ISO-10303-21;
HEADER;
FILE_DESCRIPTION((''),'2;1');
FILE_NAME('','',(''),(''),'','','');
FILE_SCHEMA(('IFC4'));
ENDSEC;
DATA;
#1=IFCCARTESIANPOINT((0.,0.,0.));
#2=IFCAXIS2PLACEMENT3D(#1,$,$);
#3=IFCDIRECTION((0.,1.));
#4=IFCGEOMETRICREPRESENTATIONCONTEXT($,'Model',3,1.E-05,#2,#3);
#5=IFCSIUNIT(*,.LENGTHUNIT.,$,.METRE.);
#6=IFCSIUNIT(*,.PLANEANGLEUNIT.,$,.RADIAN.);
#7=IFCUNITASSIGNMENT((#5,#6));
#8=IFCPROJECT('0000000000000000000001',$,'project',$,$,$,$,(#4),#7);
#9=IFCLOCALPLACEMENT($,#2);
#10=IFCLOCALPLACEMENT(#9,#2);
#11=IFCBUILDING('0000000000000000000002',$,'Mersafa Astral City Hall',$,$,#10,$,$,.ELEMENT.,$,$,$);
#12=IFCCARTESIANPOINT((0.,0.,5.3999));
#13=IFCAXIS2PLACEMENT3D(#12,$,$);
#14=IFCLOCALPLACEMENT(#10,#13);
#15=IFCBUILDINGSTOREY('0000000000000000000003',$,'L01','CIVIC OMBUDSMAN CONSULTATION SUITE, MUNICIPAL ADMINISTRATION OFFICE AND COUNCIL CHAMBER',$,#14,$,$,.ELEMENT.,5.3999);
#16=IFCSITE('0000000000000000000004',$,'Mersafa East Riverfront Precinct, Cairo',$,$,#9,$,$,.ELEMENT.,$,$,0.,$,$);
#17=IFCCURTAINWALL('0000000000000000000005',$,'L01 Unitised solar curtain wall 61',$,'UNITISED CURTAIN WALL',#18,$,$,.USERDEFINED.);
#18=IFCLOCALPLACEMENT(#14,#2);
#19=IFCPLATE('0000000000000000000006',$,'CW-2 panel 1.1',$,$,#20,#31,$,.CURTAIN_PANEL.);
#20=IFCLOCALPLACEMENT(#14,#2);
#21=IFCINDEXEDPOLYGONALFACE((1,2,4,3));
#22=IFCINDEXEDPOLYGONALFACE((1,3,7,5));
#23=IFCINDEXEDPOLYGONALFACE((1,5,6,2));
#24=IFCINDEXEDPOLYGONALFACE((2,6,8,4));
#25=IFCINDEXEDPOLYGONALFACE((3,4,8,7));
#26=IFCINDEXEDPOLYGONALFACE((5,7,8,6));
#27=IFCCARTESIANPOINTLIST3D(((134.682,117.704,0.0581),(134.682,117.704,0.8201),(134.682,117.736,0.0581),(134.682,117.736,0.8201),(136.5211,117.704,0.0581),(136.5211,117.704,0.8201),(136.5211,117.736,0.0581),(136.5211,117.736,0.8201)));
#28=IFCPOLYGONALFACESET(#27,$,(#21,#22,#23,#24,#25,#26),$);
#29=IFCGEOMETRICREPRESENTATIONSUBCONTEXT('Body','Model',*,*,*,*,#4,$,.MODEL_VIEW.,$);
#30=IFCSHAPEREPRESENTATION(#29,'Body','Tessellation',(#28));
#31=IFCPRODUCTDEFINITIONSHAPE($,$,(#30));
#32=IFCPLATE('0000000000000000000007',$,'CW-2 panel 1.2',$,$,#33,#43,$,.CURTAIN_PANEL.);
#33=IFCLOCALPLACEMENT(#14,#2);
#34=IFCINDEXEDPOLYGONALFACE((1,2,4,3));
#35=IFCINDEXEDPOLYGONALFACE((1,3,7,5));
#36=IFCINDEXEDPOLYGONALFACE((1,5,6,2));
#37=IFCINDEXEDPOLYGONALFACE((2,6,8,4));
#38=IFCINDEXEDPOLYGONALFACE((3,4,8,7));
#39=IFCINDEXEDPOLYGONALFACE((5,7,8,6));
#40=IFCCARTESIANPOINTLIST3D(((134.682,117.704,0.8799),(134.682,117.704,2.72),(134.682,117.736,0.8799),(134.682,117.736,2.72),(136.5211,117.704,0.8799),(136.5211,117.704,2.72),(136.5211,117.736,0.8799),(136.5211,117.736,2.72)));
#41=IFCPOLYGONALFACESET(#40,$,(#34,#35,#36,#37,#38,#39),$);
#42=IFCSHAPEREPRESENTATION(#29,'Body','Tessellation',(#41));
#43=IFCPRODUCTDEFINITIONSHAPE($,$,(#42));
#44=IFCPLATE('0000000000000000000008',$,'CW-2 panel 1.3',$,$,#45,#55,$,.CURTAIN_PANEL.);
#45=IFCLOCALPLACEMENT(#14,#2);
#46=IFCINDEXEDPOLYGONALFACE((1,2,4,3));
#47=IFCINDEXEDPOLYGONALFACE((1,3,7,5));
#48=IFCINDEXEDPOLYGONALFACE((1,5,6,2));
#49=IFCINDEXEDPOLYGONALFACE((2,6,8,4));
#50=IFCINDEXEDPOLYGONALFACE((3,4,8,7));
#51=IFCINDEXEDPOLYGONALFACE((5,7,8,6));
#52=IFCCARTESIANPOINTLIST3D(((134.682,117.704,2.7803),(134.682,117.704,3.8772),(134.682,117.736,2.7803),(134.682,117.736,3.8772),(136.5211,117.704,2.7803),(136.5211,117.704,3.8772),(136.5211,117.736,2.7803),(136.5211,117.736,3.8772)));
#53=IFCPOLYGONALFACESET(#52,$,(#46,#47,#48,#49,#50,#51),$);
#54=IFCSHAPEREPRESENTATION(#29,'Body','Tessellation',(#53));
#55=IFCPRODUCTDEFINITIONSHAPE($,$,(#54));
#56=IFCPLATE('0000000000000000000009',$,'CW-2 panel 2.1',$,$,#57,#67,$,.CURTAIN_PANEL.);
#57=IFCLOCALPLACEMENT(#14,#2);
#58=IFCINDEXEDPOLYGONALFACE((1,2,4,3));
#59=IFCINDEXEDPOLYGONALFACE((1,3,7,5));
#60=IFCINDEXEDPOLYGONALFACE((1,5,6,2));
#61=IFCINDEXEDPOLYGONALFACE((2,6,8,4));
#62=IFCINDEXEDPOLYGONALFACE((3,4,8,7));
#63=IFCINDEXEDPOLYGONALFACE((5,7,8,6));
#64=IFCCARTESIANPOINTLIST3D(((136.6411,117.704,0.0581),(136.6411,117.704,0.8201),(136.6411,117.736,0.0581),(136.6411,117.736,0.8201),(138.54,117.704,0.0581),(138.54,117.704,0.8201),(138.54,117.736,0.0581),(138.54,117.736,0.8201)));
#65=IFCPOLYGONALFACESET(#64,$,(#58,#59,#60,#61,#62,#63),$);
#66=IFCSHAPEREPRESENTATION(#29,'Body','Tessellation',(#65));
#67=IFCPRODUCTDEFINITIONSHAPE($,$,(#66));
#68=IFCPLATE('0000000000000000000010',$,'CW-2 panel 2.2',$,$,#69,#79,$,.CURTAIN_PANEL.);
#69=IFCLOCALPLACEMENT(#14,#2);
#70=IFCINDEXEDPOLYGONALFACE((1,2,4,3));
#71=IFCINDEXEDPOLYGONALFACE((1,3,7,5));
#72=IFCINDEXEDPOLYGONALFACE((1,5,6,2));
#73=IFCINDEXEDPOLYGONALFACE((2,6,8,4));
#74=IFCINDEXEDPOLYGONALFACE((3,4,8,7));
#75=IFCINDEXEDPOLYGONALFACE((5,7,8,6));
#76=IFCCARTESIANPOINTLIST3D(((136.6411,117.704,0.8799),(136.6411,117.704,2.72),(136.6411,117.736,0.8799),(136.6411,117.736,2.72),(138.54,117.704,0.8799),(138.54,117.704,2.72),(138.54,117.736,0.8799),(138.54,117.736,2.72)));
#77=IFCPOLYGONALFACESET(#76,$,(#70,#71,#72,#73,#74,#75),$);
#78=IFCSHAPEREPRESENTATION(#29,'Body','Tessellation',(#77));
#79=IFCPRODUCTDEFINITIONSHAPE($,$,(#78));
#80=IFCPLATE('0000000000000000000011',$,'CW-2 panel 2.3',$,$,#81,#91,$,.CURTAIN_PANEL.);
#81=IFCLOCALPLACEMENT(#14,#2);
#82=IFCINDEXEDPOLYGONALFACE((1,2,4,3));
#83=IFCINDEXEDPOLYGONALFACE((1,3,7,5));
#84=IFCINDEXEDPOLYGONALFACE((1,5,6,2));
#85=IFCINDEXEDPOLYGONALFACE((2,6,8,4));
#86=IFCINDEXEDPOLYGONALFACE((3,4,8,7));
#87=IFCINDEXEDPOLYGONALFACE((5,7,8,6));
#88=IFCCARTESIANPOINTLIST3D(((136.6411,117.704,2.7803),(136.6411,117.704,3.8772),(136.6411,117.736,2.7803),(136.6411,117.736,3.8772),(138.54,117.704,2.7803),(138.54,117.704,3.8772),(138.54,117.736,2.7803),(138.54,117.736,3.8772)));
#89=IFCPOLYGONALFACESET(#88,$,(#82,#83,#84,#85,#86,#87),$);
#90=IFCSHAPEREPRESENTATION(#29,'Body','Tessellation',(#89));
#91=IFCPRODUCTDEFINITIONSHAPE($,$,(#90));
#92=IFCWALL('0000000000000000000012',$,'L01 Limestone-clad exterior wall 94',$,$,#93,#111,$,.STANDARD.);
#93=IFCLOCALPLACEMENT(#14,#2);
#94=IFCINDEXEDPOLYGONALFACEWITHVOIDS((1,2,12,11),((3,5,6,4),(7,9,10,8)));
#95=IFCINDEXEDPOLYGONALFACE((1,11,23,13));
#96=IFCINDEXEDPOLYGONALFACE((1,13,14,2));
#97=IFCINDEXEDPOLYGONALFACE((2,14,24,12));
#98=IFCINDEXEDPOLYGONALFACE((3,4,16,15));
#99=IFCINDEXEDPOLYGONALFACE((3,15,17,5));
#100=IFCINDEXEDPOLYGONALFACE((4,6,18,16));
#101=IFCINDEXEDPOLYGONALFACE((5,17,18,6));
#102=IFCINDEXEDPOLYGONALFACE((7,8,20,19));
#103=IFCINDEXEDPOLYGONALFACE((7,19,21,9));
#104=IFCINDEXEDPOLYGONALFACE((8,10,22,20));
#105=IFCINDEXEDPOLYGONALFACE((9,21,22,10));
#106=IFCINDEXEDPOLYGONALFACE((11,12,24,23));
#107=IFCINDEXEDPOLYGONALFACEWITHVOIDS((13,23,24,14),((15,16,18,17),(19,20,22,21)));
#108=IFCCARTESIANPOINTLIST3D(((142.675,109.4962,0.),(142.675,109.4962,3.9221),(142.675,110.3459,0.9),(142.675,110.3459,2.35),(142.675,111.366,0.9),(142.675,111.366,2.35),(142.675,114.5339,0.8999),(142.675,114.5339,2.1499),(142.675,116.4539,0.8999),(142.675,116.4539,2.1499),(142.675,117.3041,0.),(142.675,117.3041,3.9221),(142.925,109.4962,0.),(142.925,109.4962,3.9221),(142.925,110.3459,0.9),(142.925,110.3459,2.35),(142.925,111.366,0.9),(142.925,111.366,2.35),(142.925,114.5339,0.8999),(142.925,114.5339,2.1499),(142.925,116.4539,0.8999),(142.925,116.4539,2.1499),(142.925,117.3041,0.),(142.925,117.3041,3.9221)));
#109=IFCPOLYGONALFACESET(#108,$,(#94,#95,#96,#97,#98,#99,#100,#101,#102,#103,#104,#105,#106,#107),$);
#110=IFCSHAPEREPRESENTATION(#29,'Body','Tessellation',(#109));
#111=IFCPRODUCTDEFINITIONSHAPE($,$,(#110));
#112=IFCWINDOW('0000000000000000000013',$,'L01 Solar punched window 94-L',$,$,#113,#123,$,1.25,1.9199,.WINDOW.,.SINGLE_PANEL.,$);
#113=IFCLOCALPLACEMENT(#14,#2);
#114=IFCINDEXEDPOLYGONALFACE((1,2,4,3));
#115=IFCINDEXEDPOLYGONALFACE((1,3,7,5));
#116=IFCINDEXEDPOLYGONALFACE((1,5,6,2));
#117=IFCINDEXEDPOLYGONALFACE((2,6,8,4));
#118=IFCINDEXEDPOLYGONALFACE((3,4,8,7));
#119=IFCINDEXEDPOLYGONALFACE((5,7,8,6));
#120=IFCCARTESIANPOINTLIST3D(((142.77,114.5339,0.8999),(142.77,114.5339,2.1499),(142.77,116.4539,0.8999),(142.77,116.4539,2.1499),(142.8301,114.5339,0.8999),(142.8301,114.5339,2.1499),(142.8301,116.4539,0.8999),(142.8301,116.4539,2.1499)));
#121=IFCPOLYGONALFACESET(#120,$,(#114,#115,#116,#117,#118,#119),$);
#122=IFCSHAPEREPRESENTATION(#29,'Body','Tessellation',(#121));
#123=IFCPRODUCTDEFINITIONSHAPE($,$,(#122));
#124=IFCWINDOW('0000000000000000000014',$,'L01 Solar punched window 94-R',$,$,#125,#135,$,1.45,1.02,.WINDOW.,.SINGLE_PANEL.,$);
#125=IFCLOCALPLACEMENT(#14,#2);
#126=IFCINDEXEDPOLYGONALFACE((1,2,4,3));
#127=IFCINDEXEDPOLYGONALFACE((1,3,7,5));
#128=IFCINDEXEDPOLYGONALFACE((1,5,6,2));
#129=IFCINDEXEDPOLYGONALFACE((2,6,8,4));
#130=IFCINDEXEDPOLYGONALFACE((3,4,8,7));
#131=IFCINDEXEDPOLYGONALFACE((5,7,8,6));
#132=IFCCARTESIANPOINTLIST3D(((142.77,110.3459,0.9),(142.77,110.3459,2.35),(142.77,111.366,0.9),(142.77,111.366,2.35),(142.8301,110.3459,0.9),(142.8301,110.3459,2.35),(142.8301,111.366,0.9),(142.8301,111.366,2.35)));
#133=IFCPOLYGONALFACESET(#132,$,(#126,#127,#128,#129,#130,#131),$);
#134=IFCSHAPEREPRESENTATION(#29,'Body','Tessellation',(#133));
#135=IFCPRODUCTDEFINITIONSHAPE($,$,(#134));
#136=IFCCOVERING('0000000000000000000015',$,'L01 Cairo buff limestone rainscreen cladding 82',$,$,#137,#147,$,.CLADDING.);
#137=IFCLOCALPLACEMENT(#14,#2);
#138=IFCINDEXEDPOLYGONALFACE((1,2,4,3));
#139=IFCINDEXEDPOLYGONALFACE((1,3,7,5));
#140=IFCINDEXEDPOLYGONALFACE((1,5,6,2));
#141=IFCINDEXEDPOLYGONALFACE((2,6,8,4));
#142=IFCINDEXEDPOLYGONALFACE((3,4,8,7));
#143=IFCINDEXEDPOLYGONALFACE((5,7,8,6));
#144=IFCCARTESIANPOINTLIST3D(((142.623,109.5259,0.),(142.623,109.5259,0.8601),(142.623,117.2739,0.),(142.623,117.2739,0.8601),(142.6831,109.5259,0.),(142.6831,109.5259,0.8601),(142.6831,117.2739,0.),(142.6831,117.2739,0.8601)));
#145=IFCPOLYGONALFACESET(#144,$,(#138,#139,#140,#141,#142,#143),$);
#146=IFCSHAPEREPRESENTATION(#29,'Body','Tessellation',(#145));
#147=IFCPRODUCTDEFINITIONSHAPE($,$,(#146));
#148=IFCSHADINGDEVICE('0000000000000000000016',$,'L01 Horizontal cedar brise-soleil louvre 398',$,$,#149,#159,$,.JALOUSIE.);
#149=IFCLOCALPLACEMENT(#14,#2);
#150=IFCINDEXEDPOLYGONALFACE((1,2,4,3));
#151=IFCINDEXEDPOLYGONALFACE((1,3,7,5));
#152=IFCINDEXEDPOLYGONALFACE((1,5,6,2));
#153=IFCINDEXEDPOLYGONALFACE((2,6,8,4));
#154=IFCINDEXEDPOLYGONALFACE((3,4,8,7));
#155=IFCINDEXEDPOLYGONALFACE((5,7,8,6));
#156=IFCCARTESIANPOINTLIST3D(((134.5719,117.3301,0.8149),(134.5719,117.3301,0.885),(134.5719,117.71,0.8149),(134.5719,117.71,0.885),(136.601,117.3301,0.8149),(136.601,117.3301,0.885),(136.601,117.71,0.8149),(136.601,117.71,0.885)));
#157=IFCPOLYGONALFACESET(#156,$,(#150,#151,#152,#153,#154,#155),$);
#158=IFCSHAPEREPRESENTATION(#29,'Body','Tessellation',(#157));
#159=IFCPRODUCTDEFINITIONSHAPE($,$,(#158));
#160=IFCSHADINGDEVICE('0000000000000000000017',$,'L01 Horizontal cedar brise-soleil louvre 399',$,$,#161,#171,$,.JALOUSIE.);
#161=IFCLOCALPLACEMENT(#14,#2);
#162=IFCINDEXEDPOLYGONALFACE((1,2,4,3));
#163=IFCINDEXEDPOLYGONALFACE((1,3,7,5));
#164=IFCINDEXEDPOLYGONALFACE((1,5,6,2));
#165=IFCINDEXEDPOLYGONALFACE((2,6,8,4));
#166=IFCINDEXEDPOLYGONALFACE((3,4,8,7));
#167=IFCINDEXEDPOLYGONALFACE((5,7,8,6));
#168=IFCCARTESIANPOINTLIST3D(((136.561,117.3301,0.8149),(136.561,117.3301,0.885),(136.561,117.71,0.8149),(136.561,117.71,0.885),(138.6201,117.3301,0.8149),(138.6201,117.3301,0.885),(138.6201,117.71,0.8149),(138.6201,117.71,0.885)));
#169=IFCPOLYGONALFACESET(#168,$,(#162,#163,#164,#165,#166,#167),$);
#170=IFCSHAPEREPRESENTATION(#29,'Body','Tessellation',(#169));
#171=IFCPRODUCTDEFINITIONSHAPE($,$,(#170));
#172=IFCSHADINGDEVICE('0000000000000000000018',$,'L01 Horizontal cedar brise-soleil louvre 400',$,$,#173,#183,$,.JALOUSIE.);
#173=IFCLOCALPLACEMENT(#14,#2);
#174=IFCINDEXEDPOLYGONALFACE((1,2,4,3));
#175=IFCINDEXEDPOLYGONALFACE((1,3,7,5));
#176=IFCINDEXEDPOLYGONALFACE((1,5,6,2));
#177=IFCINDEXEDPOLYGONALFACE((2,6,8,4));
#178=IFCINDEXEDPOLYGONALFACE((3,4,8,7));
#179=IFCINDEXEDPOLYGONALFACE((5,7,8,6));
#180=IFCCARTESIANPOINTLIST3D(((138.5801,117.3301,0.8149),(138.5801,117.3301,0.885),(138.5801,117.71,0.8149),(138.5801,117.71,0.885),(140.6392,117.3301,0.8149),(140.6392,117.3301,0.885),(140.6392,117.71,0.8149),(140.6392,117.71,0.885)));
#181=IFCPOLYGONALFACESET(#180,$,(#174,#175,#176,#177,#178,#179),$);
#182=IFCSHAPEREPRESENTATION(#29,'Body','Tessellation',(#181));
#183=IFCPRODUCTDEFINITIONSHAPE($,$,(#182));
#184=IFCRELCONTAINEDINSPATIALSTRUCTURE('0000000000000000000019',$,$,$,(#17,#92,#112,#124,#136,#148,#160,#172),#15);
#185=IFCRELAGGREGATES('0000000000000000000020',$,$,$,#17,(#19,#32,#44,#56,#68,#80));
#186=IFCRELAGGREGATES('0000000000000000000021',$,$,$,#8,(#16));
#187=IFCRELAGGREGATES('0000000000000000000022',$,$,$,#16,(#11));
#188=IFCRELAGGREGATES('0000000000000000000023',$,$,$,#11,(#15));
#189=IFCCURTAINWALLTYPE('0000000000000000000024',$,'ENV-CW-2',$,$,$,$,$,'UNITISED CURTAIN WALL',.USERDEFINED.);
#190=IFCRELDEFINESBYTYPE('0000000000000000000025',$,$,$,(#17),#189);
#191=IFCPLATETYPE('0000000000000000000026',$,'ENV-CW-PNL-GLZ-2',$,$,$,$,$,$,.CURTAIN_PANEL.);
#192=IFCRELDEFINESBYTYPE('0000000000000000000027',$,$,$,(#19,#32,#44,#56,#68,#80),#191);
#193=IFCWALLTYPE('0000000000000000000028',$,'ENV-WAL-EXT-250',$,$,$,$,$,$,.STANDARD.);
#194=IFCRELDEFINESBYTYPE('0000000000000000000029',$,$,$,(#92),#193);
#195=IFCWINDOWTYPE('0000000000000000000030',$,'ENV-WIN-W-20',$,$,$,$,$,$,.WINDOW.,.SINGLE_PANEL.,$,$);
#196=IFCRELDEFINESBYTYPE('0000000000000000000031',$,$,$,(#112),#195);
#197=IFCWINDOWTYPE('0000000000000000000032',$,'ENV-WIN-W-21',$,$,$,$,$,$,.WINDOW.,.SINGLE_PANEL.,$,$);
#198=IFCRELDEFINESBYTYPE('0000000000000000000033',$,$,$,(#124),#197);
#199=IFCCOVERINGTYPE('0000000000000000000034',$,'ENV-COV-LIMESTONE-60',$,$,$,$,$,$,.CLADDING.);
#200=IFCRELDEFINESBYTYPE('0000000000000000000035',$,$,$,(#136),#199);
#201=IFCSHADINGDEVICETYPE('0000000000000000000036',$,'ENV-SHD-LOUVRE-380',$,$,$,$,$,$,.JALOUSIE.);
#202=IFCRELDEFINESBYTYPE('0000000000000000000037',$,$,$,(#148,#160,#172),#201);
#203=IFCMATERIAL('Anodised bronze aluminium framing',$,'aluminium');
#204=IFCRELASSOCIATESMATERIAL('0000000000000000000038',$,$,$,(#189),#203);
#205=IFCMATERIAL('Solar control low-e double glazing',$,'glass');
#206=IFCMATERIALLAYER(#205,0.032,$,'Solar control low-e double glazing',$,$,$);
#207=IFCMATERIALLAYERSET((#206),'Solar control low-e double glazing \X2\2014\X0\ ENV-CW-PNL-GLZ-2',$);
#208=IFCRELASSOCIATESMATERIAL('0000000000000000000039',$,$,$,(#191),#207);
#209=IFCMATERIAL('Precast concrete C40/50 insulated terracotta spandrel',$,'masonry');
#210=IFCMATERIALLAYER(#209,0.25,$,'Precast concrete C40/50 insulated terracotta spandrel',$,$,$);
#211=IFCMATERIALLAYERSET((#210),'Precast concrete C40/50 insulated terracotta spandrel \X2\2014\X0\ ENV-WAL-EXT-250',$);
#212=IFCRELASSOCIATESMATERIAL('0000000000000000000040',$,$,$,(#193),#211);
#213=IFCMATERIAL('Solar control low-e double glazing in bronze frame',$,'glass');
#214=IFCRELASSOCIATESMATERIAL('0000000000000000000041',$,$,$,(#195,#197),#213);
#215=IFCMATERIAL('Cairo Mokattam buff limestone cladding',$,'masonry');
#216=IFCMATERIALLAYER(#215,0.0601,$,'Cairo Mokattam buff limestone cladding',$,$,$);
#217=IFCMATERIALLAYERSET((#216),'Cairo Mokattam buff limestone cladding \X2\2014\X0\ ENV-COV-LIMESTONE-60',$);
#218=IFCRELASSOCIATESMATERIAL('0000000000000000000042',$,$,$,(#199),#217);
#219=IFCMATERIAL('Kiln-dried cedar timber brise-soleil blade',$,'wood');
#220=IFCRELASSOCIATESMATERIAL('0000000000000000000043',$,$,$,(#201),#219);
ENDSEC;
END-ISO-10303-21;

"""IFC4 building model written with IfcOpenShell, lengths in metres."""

from ifc_helpers import new_model, si_unit, direction, frame, frame_2d, origin, origin_2d, place, context, subcontext, project, spatial, rectangle, extrude, material, layer, layer_set, type_object, element, fill, aggregate, save


model = new_model("IFC4")

# Units and contexts
model_context = context("Model", 3, precision=1e-05, world=origin(), true_north=direction((0.0, 1.0)))
body_context = subcontext(model_context, "Body", "Model", "MODEL_VIEW")
ifc_project = project(units=[si_unit("LENGTHUNIT", "METRE"), si_unit("PLANEANGLEUNIT", "RADIAN")], contexts=[model_context])

# Site, building, storey
site_placement = place(None, origin())
site = spatial("IfcSite", under=ifc_project, at=site_placement, Name="Mersafa East Riverfront Precinct, Cairo", CompositionType="ELEMENT", RefElevation=0.0)
building_placement = place(site_placement, origin())
building = spatial("IfcBuilding", under=site, at=building_placement, Name="Mersafa Astral City Hall", CompositionType="ELEMENT")
storey_placement = place(building_placement, frame((0.0, 0.0, 5.3999)))
storey = spatial("IfcBuildingStorey", under=building, at=storey_placement, Name="L01", Description="CIVIC OMBUDSMAN CONSULTATION SUITE, MUNICIPAL ADMINISTRATION OFFICE AND COUNCIL CHAMBER", CompositionType="ELEMENT", Elevation=5.3999)

# Curtain wall
ifc_material_1 = material(Name="Anodised bronze aluminium framing", Category="aluminium")
curtain_wall_type = type_object("IfcCurtainWallType", Name="ENV-CW-2", ElementType="UNITISED CURTAIN WALL", PredefinedType="USERDEFINED", material=ifc_material_1)
curtain_wall_placement = place(storey_placement, origin())
curtain_wall = element("IfcCurtainWall", 1, at=curtain_wall_placement, inside=storey, type_object=curtain_wall_type, Name="L01 Unitised solar curtain wall 61", ObjectType="UNITISED CURTAIN WALL", PredefinedType="USERDEFINED")

# Plates
ifc_material_2 = material(Name="Solar control low-e double glazing", Category="glass")
ifc_layer_1 = layer(ifc_material_2, 0.032, Name="Solar control low-e double glazing")
ifc_layer_set_1 = layer_set([ifc_layer_1], Name="Solar control low-e double glazing — ENV-CW-PNL-GLZ-2")
plate_type = type_object("IfcPlateType", Name="ENV-CW-PNL-GLZ-2", PredefinedType="CURTAIN_PANEL", material=ifc_layer_set_1)
plate_1_placement = place(storey_placement, frame((135.6016, 117.72, 0.0581), z_axis=(0.0, 0.0, 1.0), x_axis=(1.0, 0.0, 0.0)))
plate_1 = element("IfcPlate", 2, at=plate_1_placement, type_object=plate_type, Name="CW-2 panel 1.1", PredefinedType="CURTAIN_PANEL", context=body_context, shape_type="SweptSolid", body=[
    extrude(rectangle(XDim=1.8391, YDim=0.032, at=origin_2d()), origin(), (0.0, 0.0, 1.0), 0.762),
])
plate_2_placement = place(storey_placement, frame((135.6016, 117.72, 0.8799), z_axis=(0.0, 0.0, 1.0), x_axis=(1.0, 0.0, 0.0)))
plate_2 = element("IfcPlate", 3, at=plate_2_placement, type_object=plate_type, Name="CW-2 panel 1.2", PredefinedType="CURTAIN_PANEL", context=body_context, shape_type="SweptSolid", body=[
    extrude(rectangle(XDim=1.8391, YDim=0.032, at=origin_2d()), origin(), (0.0, 0.0, 1.0), 1.8401),
])
plate_3_placement = place(storey_placement, frame((135.6016, 117.72, 2.7803), z_axis=(0.0, 0.0, 1.0), x_axis=(1.0, 0.0, 0.0)))
plate_3 = element("IfcPlate", 4, at=plate_3_placement, type_object=plate_type, Name="CW-2 panel 1.3", PredefinedType="CURTAIN_PANEL", context=body_context, shape_type="SweptSolid", body=[
    extrude(rectangle(XDim=1.8391, YDim=0.032, at=origin_2d()), origin(), (0.0, 0.0, 1.0), 1.0969),
])
plate_4_placement = place(storey_placement, frame((137.5906, 117.72, 0.0581), z_axis=(0.0, 0.0, 1.0), x_axis=(1.0, 0.0, 0.0)))
plate_4 = element("IfcPlate", 5, at=plate_4_placement, type_object=plate_type, Name="CW-2 panel 2.1", PredefinedType="CURTAIN_PANEL", context=body_context, shape_type="SweptSolid", body=[
    extrude(rectangle(XDim=1.8989, YDim=0.032, at=origin_2d()), origin(), (0.0, 0.0, 1.0), 0.762),
])
plate_5_placement = place(storey_placement, frame((137.5906, 117.72, 0.8799), z_axis=(0.0, 0.0, 1.0), x_axis=(1.0, 0.0, 0.0)))
plate_5 = element("IfcPlate", 6, at=plate_5_placement, type_object=plate_type, Name="CW-2 panel 2.2", PredefinedType="CURTAIN_PANEL", context=body_context, shape_type="SweptSolid", body=[
    extrude(rectangle(XDim=1.8989, YDim=0.032, at=origin_2d()), origin(), (0.0, 0.0, 1.0), 1.8401),
])
plate_6_placement = place(storey_placement, frame((137.5906, 117.72, 2.7803), z_axis=(0.0, 0.0, 1.0), x_axis=(1.0, 0.0, 0.0)))
plate_6 = element("IfcPlate", 7, at=plate_6_placement, type_object=plate_type, Name="CW-2 panel 2.3", PredefinedType="CURTAIN_PANEL", context=body_context, shape_type="SweptSolid", body=[
    extrude(rectangle(XDim=1.8989, YDim=0.032, at=origin_2d()), origin(), (0.0, 0.0, 1.0), 1.0969),
])
aggregate(curtain_wall, [plate_1, plate_2, plate_3, plate_4, plate_5, plate_6])

# Wall, openings, windows
ifc_material_3 = material(Name="Precast concrete C40/50 insulated terracotta spandrel", Category="masonry")
ifc_layer_2 = layer(ifc_material_3, 0.25, Name="Precast concrete C40/50 insulated terracotta spandrel")
ifc_layer_set_2 = layer_set([ifc_layer_2], Name="Precast concrete C40/50 insulated terracotta spandrel — ENV-WAL-EXT-250")
wall_type = type_object("IfcWallType", Name="ENV-WAL-EXT-250", PredefinedType="STANDARD", material=ifc_layer_set_2)
wall_placement = place(storey_placement, frame((142.8, 117.304, 0.0), z_axis=(0.0, 0.0, 1.0), x_axis=(0.0, -1.0, 0.0)))
wall = element("IfcWall", 8, at=wall_placement, inside=storey, type_object=wall_type, Name="L01 Limestone-clad exterior wall 94", PredefinedType="STANDARD", context=body_context, shape_type="SweptSolid", body=[
    extrude(rectangle(XDim=7.8079, YDim=0.25, at=frame_2d((3.9038, 0.0))), origin(), (0.0, 0.0, 1.0), 3.9221),
])
opening_1_placement = place(wall_placement, frame((0.8501, 0.0, 0.8999)))
opening_1 = element("IfcOpeningElement", 9, at=opening_1_placement, cuts=wall, PredefinedType="OPENING", context=body_context, shape_type="SweptSolid", body=[
    extrude(rectangle(XDim=1.9199, YDim=1.25, at=frame_2d((0.96, 0.625))), frame((0.0, 0.135, 0.0), z_axis=(0.0, -1.0, 0.0), x_axis=(1.0, 0.0, 0.0)), (0.0, 0.0, 1.0), 0.27),
])
opening_2_placement = place(wall_placement, frame((5.938, 0.0, 0.8999)))
opening_2 = element("IfcOpeningElement", 10, at=opening_2_placement, cuts=wall, PredefinedType="OPENING", context=body_context, shape_type="SweptSolid", body=[
    extrude(rectangle(XDim=1.02, YDim=1.45, at=frame_2d((0.51, 0.7251))), frame((0.0, 0.135, 0.0), z_axis=(0.0, -1.0, 0.0), x_axis=(1.0, 0.0, 0.0)), (0.0, 0.0, 1.0), 0.27),
])
ifc_material_4 = material(Name="Solar control low-e double glazing in bronze frame", Category="glass")
window_type_1 = type_object("IfcWindowType", Name="ENV-WIN-W-20", PartitioningType="SINGLE_PANEL", PredefinedType="WINDOW", material=ifc_material_4)
window_1_placement = place(opening_1_placement, origin())
window_1 = element("IfcWindow", 11, at=window_1_placement, inside=storey, type_object=window_type_1, Name="L01 Solar punched window 94-L", OverallHeight=1.25, OverallWidth=1.9199, PartitioningType="SINGLE_PANEL", PredefinedType="WINDOW", context=body_context, shape_type="SweptSolid", body=[
    extrude(rectangle(XDim=1.9199, YDim=1.25, at=frame_2d((0.96, 0.625))), frame((0.0, 0.03, 0.0), z_axis=(0.0, -1.0, 0.0), x_axis=(1.0, 0.0, 0.0)), (0.0, 0.0, 1.0), 0.0601),
])
fill(opening_1, window_1)
window_type_2 = type_object("IfcWindowType", Name="ENV-WIN-W-21", PartitioningType="SINGLE_PANEL", PredefinedType="WINDOW", material=ifc_material_4)
window_2_placement = place(opening_2_placement, origin())
window_2 = element("IfcWindow", 12, at=window_2_placement, inside=storey, type_object=window_type_2, Name="L01 Solar punched window 94-R", OverallHeight=1.45, OverallWidth=1.02, PartitioningType="SINGLE_PANEL", PredefinedType="WINDOW", context=body_context, shape_type="SweptSolid", body=[
    extrude(rectangle(XDim=1.02, YDim=1.45, at=frame_2d((0.51, 0.7251))), frame((0.0, 0.03, 0.0), z_axis=(0.0, -1.0, 0.0), x_axis=(1.0, 0.0, 0.0)), (0.0, 0.0, 1.0), 0.0601),
])
fill(opening_2, window_2)

# Covering
ifc_material_5 = material(Name="Cairo Mokattam buff limestone cladding", Category="masonry")
ifc_layer_3 = layer(ifc_material_5, 0.0601, Name="Cairo Mokattam buff limestone cladding")
ifc_layer_set_3 = layer_set([ifc_layer_3], Name="Cairo Mokattam buff limestone cladding — ENV-COV-LIMESTONE-60")
covering_type = type_object("IfcCoveringType", Name="ENV-COV-LIMESTONE-60", PredefinedType="CLADDING", material=ifc_layer_set_3)
covering_placement = place(storey_placement, frame((142.6531, 113.3999, 0.0), z_axis=(0.0, 0.0, 1.0), x_axis=(0.0, -1.0, 0.0)))
element("IfcCovering", 13, at=covering_placement, inside=storey, type_object=covering_type, Name="L01 Cairo buff limestone rainscreen cladding 82", PredefinedType="CLADDING", context=body_context, shape_type="SweptSolid", body=[
    extrude(rectangle(XDim=7.748, YDim=0.0601, at=origin_2d()), origin(), (0.0, 0.0, 1.0), 0.8601),
])

# Shading devices
ifc_material_6 = material(Name="Kiln-dried cedar timber brise-soleil blade", Category="wood")
shading_device_type = type_object("IfcShadingDeviceType", Name="ENV-SHD-LOUVRE-380", PredefinedType="JALOUSIE", material=ifc_material_6)
shading_device_1_placement = place(storey_placement, frame((135.5864, 117.52, 0.8149), z_axis=(0.0, 0.0, 1.0), x_axis=(1.0, 0.0, 0.0)))
element("IfcShadingDevice", 14, at=shading_device_1_placement, inside=storey, type_object=shading_device_type, Name="L01 Horizontal cedar brise-soleil louvre 398", PredefinedType="JALOUSIE", context=body_context, shape_type="SweptSolid", body=[
    extrude(rectangle(XDim=2.0291, YDim=0.3799, at=origin_2d()), origin(), (0.0, 0.0, 1.0), 0.0701),
])
for number, where, z_axis, x_axis, name in (
    (15, (137.5906, 117.52, 0.8149), (0.0, 0.0, 1.0), (1.0, 0.0, 0.0), "L01 Horizontal cedar brise-soleil louvre 399"),
    (16, (139.6096, 117.52, 0.8149), (0.0, 0.0, 1.0), (1.0, 0.0, 0.0), "L01 Horizontal cedar brise-soleil louvre 400"),
):
    element("IfcShadingDevice", number, at=place(storey_placement, frame(where, z_axis=z_axis, x_axis=x_axis)), inside=storey, type_object=shading_device_type, Name=name, PredefinedType="JALOUSIE", context=body_context, shape_type="SweptSolid", body=[
        extrude(rectangle(XDim=2.0591, YDim=0.3799, at=origin_2d()), origin(), (0.0, 0.0, 1.0), 0.0701),
    ])

save(model, "model.ifc")
